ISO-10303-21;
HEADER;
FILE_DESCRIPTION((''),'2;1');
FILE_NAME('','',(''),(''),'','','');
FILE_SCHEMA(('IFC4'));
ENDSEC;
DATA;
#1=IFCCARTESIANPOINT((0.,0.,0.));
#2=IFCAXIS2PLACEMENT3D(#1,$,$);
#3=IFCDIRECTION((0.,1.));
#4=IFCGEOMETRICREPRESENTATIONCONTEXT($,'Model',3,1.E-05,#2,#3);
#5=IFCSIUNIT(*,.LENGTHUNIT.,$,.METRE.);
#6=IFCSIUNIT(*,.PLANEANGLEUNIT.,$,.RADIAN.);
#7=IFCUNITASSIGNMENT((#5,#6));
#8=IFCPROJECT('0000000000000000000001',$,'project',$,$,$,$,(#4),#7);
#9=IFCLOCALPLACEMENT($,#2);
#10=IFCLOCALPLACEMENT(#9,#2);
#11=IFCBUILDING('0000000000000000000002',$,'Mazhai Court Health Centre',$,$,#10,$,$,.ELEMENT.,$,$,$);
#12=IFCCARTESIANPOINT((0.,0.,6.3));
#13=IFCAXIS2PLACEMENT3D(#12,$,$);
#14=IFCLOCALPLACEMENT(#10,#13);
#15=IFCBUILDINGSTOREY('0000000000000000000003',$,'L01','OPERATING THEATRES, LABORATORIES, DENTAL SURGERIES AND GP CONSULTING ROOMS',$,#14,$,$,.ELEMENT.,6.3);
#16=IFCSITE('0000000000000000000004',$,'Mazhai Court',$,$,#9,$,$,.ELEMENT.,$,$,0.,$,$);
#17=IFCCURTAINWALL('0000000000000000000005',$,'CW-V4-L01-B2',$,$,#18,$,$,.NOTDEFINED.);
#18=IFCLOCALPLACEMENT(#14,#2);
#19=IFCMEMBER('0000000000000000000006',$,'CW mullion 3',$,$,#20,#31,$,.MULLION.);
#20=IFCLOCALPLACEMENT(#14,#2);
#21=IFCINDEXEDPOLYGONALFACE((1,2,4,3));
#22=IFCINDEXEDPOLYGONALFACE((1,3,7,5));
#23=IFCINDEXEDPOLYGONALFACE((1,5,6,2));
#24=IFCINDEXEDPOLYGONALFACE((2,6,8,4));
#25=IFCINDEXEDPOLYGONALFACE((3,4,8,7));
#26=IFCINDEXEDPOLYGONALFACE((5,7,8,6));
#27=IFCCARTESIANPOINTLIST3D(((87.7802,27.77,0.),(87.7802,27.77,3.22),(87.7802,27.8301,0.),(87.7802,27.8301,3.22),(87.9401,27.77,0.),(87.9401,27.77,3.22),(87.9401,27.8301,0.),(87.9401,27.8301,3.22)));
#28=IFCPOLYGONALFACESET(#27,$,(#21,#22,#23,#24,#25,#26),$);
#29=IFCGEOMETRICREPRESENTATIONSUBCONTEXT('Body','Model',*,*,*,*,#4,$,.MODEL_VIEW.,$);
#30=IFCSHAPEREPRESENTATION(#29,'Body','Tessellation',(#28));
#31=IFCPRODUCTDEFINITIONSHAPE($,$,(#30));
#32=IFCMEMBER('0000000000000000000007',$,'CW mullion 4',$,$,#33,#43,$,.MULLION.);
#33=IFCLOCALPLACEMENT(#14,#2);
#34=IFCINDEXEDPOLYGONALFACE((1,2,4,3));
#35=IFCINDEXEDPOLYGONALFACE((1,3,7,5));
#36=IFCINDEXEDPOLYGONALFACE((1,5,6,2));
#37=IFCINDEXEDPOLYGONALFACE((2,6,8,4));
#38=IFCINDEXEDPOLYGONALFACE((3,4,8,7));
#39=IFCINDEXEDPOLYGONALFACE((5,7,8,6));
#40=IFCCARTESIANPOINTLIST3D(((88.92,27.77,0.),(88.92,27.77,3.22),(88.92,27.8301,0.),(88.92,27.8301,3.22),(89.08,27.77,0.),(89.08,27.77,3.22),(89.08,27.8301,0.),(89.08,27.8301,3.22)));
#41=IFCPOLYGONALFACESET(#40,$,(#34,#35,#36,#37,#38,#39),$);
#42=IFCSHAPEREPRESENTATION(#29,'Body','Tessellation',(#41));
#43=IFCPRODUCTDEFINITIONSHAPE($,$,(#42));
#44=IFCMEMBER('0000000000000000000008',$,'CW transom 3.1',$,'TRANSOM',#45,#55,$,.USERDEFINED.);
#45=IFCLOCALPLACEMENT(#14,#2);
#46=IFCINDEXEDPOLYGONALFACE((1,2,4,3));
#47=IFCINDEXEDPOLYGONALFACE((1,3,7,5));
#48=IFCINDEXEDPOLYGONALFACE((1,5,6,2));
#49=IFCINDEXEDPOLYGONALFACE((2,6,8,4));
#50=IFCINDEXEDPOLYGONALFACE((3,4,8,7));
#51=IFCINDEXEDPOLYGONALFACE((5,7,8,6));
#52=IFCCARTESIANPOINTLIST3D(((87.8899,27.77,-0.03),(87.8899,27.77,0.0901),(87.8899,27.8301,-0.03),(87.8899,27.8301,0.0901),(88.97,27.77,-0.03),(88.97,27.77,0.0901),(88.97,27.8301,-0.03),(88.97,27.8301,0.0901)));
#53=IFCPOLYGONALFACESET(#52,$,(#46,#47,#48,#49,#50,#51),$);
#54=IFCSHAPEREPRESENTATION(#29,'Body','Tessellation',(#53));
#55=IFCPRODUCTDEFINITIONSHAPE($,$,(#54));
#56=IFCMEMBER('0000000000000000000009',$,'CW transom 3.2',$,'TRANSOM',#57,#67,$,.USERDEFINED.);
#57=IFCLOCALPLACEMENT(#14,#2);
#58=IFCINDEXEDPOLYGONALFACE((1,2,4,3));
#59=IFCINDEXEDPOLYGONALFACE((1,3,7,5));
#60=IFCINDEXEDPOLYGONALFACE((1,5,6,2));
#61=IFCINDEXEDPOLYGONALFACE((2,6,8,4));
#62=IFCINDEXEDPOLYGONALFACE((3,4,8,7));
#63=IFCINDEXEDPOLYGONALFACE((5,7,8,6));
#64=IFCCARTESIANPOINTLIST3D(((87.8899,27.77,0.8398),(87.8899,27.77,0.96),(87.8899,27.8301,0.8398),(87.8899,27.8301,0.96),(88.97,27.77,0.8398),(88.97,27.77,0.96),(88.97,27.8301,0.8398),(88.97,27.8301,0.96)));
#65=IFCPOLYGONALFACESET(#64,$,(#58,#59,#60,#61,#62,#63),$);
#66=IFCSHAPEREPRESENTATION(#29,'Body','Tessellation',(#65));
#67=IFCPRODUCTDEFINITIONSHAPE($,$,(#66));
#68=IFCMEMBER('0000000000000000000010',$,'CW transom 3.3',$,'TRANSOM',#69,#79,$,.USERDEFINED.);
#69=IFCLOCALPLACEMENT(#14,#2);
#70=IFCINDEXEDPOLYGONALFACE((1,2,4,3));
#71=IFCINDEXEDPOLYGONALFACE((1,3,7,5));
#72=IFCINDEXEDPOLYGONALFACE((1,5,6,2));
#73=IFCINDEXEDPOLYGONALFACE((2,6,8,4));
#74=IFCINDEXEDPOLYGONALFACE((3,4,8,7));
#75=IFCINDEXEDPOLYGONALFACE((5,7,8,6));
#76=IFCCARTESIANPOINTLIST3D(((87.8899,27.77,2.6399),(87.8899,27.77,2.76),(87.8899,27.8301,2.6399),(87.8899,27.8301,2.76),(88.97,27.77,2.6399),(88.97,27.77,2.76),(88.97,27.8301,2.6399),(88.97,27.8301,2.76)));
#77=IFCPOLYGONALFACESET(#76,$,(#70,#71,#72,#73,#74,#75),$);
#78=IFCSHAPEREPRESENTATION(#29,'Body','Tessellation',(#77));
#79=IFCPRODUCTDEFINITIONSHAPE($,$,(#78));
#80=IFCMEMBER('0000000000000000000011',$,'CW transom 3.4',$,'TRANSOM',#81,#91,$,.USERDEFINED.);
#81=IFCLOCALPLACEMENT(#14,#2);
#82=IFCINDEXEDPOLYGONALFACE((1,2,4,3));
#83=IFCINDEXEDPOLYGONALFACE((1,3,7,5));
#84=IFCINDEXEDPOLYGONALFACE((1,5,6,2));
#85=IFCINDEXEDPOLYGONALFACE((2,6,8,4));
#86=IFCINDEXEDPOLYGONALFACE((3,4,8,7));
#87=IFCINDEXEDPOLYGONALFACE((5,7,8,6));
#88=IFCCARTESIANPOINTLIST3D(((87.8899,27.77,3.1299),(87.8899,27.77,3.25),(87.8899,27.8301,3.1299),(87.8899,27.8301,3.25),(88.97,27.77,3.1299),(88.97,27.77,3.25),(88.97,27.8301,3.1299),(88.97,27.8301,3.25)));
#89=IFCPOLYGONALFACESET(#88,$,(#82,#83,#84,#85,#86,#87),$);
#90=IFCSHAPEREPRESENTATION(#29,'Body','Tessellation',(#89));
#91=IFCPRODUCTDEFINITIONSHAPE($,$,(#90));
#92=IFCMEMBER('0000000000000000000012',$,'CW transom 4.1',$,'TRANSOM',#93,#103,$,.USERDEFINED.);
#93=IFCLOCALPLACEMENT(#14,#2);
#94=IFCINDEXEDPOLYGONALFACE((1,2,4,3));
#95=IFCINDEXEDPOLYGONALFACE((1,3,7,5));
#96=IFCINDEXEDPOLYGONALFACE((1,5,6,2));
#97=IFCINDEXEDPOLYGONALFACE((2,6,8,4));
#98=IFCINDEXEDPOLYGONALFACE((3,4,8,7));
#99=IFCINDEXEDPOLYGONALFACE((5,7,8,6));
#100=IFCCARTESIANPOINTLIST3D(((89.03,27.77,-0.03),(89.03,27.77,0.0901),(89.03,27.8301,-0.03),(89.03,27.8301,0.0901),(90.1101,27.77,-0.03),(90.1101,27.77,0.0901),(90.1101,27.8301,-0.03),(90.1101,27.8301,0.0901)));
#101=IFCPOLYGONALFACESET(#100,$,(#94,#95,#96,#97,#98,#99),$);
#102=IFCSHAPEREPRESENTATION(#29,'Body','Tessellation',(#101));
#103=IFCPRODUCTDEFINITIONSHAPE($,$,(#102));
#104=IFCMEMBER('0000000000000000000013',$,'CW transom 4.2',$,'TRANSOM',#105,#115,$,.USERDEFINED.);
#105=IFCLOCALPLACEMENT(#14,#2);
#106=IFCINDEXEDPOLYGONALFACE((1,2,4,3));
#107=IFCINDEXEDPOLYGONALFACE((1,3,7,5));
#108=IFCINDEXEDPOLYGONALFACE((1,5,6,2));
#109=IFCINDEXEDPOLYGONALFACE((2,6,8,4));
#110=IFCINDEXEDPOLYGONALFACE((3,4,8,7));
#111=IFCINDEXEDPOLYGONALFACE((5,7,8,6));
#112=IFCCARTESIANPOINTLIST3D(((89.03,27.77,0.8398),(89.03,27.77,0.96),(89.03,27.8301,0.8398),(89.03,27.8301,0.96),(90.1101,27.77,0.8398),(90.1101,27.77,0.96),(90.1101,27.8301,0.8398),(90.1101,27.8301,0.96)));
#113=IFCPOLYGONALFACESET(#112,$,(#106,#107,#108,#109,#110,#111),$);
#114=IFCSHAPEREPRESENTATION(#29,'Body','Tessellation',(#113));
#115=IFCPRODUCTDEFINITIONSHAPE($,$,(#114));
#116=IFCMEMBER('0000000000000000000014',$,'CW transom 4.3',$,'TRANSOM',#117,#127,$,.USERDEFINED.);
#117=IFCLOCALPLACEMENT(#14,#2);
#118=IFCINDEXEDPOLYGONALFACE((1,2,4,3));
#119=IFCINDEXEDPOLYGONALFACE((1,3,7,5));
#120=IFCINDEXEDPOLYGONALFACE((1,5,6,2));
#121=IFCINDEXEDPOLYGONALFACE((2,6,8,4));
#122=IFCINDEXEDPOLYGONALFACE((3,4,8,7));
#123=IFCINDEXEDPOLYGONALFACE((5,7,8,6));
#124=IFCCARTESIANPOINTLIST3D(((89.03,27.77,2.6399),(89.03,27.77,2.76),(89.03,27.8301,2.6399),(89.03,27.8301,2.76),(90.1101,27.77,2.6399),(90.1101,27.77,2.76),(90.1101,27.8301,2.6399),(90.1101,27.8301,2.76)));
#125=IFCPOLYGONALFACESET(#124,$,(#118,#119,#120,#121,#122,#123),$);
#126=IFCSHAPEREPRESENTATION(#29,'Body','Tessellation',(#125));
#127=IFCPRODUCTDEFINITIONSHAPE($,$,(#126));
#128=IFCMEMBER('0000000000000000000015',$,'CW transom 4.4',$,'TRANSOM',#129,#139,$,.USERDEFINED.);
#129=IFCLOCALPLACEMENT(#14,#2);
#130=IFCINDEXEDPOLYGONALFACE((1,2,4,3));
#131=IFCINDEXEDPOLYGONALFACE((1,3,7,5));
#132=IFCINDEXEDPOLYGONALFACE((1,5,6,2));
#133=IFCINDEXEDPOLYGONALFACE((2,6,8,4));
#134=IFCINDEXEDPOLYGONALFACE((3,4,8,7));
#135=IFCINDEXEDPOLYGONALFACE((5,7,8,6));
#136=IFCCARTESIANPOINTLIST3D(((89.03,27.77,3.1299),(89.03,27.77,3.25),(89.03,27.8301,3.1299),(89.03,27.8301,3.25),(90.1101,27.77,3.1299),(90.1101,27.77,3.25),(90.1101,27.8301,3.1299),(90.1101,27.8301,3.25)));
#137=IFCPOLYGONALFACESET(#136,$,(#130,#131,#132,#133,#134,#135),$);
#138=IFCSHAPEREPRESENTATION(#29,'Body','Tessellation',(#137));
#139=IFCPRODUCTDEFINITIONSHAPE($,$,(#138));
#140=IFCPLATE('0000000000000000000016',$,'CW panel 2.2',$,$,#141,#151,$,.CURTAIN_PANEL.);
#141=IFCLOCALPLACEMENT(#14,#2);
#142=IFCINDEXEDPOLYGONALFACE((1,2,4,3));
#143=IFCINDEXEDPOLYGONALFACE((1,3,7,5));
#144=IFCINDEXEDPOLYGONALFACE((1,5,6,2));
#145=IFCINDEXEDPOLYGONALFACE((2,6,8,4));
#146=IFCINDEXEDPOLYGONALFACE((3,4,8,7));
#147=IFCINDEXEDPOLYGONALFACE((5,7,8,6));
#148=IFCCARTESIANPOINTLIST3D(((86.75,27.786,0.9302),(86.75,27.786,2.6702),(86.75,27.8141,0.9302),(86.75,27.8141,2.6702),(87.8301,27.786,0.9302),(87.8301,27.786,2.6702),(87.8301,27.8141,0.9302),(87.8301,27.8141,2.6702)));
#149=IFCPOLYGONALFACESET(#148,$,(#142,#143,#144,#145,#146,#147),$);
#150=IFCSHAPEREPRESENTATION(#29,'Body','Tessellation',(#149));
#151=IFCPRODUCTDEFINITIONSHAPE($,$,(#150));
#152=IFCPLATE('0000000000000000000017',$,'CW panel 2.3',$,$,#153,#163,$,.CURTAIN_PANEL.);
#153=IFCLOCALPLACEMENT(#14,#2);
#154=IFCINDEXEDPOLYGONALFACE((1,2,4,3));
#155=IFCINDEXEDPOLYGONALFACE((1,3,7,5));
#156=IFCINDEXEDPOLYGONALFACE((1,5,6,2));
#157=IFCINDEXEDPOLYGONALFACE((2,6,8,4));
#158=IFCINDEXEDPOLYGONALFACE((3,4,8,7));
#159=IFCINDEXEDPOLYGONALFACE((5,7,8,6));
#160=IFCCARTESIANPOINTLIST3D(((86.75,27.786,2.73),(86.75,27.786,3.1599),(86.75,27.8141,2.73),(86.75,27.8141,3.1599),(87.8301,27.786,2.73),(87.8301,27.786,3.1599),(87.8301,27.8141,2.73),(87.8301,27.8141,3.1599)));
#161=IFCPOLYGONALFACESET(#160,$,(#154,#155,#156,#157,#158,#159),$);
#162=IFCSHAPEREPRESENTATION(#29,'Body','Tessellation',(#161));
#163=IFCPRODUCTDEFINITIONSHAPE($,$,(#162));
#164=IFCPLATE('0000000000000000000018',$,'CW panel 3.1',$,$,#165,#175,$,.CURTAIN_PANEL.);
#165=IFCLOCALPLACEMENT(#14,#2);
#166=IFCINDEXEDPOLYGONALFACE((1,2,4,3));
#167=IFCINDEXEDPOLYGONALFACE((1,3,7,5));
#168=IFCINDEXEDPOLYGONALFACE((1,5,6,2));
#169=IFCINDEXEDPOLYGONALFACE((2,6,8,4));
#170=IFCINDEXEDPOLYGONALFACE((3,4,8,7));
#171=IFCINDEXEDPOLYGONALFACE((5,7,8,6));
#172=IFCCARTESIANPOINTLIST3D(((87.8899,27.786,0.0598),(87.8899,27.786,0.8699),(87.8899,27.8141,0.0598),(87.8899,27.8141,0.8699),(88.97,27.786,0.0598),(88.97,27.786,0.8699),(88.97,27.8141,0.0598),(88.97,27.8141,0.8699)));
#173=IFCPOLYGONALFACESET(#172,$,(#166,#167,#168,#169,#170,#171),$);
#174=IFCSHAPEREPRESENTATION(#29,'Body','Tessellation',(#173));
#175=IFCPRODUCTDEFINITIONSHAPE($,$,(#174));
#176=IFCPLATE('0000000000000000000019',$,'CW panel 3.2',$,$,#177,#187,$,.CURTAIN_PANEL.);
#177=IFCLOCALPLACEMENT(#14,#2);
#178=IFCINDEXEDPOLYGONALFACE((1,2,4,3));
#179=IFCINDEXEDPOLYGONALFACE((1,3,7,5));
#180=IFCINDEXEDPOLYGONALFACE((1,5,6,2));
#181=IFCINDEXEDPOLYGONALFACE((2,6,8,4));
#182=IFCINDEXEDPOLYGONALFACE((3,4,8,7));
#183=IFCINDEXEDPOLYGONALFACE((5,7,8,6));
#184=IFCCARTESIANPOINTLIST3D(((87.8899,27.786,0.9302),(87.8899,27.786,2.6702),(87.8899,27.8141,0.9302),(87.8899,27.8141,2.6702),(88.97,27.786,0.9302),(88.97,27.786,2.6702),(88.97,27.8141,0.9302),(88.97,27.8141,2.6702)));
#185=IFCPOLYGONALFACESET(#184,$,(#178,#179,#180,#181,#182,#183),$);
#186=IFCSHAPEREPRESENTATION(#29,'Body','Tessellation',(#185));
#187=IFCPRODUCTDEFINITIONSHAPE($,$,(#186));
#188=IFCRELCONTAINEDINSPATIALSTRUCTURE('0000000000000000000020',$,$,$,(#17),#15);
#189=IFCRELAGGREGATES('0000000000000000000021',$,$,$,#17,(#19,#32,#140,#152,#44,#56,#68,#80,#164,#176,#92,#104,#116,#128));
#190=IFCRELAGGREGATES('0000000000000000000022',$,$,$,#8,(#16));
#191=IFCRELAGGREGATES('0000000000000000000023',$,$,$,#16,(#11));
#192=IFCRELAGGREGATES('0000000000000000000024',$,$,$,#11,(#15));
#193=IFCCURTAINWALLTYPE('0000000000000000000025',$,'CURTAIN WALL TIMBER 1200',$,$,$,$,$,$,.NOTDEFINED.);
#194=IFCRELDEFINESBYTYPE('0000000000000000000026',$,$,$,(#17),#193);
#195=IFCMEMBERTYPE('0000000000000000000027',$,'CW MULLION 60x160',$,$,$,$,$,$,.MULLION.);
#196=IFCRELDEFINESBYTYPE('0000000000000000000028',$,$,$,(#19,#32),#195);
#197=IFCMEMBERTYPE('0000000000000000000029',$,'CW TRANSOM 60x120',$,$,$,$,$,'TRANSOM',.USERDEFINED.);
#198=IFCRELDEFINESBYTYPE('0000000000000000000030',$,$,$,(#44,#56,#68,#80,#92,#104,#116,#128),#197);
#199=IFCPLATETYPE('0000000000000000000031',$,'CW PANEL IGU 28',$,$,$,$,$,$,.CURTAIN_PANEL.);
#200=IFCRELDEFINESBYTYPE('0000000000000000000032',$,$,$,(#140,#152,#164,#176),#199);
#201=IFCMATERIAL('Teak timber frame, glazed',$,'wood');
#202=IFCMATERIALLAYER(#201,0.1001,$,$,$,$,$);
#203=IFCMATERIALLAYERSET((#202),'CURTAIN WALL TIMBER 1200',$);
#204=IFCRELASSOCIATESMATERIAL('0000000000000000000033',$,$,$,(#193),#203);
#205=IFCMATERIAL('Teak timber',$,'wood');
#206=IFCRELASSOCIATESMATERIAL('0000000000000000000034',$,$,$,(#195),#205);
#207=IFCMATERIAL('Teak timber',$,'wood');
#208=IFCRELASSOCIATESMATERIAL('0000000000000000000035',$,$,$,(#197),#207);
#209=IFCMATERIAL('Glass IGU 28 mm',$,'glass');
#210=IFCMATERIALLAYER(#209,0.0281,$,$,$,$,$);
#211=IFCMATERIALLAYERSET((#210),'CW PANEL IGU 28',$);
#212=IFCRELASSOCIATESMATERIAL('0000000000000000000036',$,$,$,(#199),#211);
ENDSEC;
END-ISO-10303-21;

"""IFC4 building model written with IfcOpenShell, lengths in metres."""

from ifc_helpers import new_model, si_unit, direction, frame, origin, origin_2d, place, context, subcontext, project, spatial, rectangle, extrude, material, layer, layer_set, material_profile, profile_set, type_object, element, aggregate, save


model = new_model("IFC4")

# Units and contexts
model_context = context("Model", 3, precision=1e-05, world=origin(), true_north=direction((0.0, 1.0)))
body_context = subcontext(model_context, "Body", "Model", "MODEL_VIEW")
ifc_project = project(units=[si_unit("LENGTHUNIT", "METRE"), si_unit("PLANEANGLEUNIT", "RADIAN")], contexts=[model_context])

# Site, building, storey
site_placement = place(None, origin())
site = spatial("IfcSite", under=ifc_project, at=site_placement, Name="Mazhai Court", CompositionType="ELEMENT", RefElevation=0.0)
building_placement = place(site_placement, origin())
building = spatial("IfcBuilding", under=site, at=building_placement, Name="Mazhai Court Health Centre", CompositionType="ELEMENT")
storey_placement = place(building_placement, frame((0.0, 0.0, 6.3)))
storey = spatial("IfcBuildingStorey", under=building, at=storey_placement, Name="L01", Description="OPERATING THEATRES, LABORATORIES, DENTAL SURGERIES AND GP CONSULTING ROOMS", CompositionType="ELEMENT", Elevation=6.3)

# Curtain wall, members, plates
ifc_material_1 = material(Name="Teak timber frame, glazed", Category="wood")
ifc_layer_1 = layer(ifc_material_1, 0.1001)
ifc_layer_set_1 = layer_set([ifc_layer_1], Name="CURTAIN WALL TIMBER 1200")
curtain_wall_type = type_object("IfcCurtainWallType", Name="CURTAIN WALL TIMBER 1200", PredefinedType="NOTDEFINED", material=ifc_layer_set_1)
curtain_wall_placement = place(storey_placement, origin())
curtain_wall = element("IfcCurtainWall", 1, at=curtain_wall_placement, inside=storey, type_object=curtain_wall_type, Name="CW-V4-L01-B2", PredefinedType="NOTDEFINED")
ifc_material_2 = material(Name="Teak timber", Category="wood")
ifc_material_profile_1 = material_profile(ifc_material_2, rectangle(XDim=0.0601, YDim=0.1599, at=origin_2d()), Name="CW MULLION 60x160")
ifc_profile_set_1 = profile_set([ifc_material_profile_1], Name="Teak timber")
member_type_1 = type_object("IfcMemberType", Name="CW MULLION 60x160", PredefinedType="MULLION", material=ifc_profile_set_1)
member_1_placement = place(storey_placement, frame((87.8601, 27.8, 0.0), z_axis=(0.0, 0.0, 1.0), x_axis=(0.0, 1.0, 0.0)))
member_1 = element("IfcMember", 2, at=member_1_placement, type_object=member_type_1, Name="CW mullion 3", PredefinedType="MULLION", context=body_context, shape_type="SweptSolid", body=[
    extrude(rectangle(XDim=0.0601, YDim=0.1599, at=origin_2d()), origin(), (0.0, 0.0, 1.0), 3.22),
])
member_2_placement = place(storey_placement, frame((89.0, 27.8, 0.0), z_axis=(0.0, 0.0, 1.0), x_axis=(0.0, 1.0, 0.0)))
member_2 = element("IfcMember", 3, at=member_2_placement, type_object=member_type_1, Name="CW mullion 4", PredefinedType="MULLION", context=body_context, shape_type="SweptSolid", body=[
    extrude(rectangle(XDim=0.0601, YDim=0.1599, at=origin_2d()), origin(), (0.0, 0.0, 1.0), 3.22),
])
ifc_material_3 = material(Name="Teak timber", Category="wood")
ifc_material_profile_2 = material_profile(ifc_material_3, rectangle(XDim=0.0601, YDim=0.1201, at=origin_2d()), Name="CW TRANSOM 60x120")
ifc_profile_set_2 = profile_set([ifc_material_profile_2], Name="Teak timber")
member_type_2 = type_object("IfcMemberType", Name="CW TRANSOM 60x120", ElementType="TRANSOM", PredefinedType="USERDEFINED", material=ifc_profile_set_2)
member_3_placement = place(storey_placement, frame((87.8899, 27.8, 0.03), z_axis=(1.0, 0.0, 0.0), x_axis=(0.0, 1.0, 0.0)))
member_3 = element("IfcMember", 4, at=member_3_placement, type_object=member_type_2, Name="CW transom 3.1", ObjectType="TRANSOM", PredefinedType="USERDEFINED", context=body_context, shape_type="SweptSolid", body=[
    extrude(rectangle(XDim=0.0601, YDim=0.1201, at=origin_2d()), origin(), (0.0, 0.0, 1.0), 1.0801),
])
member_4_placement = place(storey_placement, frame((87.8899, 27.8, 0.8999), z_axis=(1.0, 0.0, 0.0), x_axis=(0.0, 1.0, 0.0)))
member_4 = element("IfcMember", 5, at=member_4_placement, type_object=member_type_2, Name="CW transom 3.2", ObjectType="TRANSOM", PredefinedType="USERDEFINED", context=body_context, shape_type="SweptSolid", body=[
    extrude(rectangle(XDim=0.0601, YDim=0.1201, at=origin_2d()), origin(), (0.0, 0.0, 1.0), 1.0801),
])
member_5_placement = place(storey_placement, frame((87.8899, 27.8, 2.7), z_axis=(1.0, 0.0, 0.0), x_axis=(0.0, 1.0, 0.0)))
member_5 = element("IfcMember", 6, at=member_5_placement, type_object=member_type_2, Name="CW transom 3.3", ObjectType="TRANSOM", PredefinedType="USERDEFINED", context=body_context, shape_type="SweptSolid", body=[
    extrude(rectangle(XDim=0.0601, YDim=0.1201, at=origin_2d()), origin(), (0.0, 0.0, 1.0), 1.0801),
])
member_6_placement = place(storey_placement, frame((87.8899, 27.8, 3.1899), z_axis=(1.0, 0.0, 0.0), x_axis=(0.0, 1.0, 0.0)))
member_6 = element("IfcMember", 7, at=member_6_placement, type_object=member_type_2, Name="CW transom 3.4", ObjectType="TRANSOM", PredefinedType="USERDEFINED", context=body_context, shape_type="SweptSolid", body=[
    extrude(rectangle(XDim=0.0601, YDim=0.1201, at=origin_2d()), origin(), (0.0, 0.0, 1.0), 1.0801),
])
member_7_placement = place(storey_placement, frame((89.03, 27.8, 0.03), z_axis=(1.0, 0.0, 0.0), x_axis=(0.0, 1.0, 0.0)))
member_7 = element("IfcMember", 8, at=member_7_placement, type_object=member_type_2, Name="CW transom 4.1", ObjectType="TRANSOM", PredefinedType="USERDEFINED", context=body_context, shape_type="SweptSolid", body=[
    extrude(rectangle(XDim=0.0601, YDim=0.1201, at=origin_2d()), origin(), (0.0, 0.0, 1.0), 1.0801),
])
member_8_placement = place(storey_placement, frame((89.03, 27.8, 0.8999), z_axis=(1.0, 0.0, 0.0), x_axis=(0.0, 1.0, 0.0)))
member_8 = element("IfcMember", 9, at=member_8_placement, type_object=member_type_2, Name="CW transom 4.2", ObjectType="TRANSOM", PredefinedType="USERDEFINED", context=body_context, shape_type="SweptSolid", body=[
    extrude(rectangle(XDim=0.0601, YDim=0.1201, at=origin_2d()), origin(), (0.0, 0.0, 1.0), 1.0801),
])
member_9_placement = place(storey_placement, frame((89.03, 27.8, 2.7), z_axis=(1.0, 0.0, 0.0), x_axis=(0.0, 1.0, 0.0)))
member_9 = element("IfcMember", 10, at=member_9_placement, type_object=member_type_2, Name="CW transom 4.3", ObjectType="TRANSOM", PredefinedType="USERDEFINED", context=body_context, shape_type="SweptSolid", body=[
    extrude(rectangle(XDim=0.0601, YDim=0.1201, at=origin_2d()), origin(), (0.0, 0.0, 1.0), 1.0801),
])
member_10_placement = place(storey_placement, frame((89.03, 27.8, 3.1899), z_axis=(1.0, 0.0, 0.0), x_axis=(0.0, 1.0, 0.0)))
member_10 = element("IfcMember", 11, at=member_10_placement, type_object=member_type_2, Name="CW transom 4.4", ObjectType="TRANSOM", PredefinedType="USERDEFINED", context=body_context, shape_type="SweptSolid", body=[
    extrude(rectangle(XDim=0.0601, YDim=0.1201, at=origin_2d()), origin(), (0.0, 0.0, 1.0), 1.0801),
])
ifc_material_4 = material(Name="Glass IGU 28 mm", Category="glass")
ifc_layer_2 = layer(ifc_material_4, 0.0281)
ifc_layer_set_2 = layer_set([ifc_layer_2], Name="CW PANEL IGU 28")
plate_type = type_object("IfcPlateType", Name="CW PANEL IGU 28", PredefinedType="CURTAIN_PANEL", material=ifc_layer_set_2)
plate_1_placement = place(storey_placement, frame((87.29, 27.8, 0.9302), z_axis=(0.0, 0.0, 1.0), x_axis=(1.0, 0.0, 0.0)))
plate_1 = element("IfcPlate", 12, at=plate_1_placement, type_object=plate_type, Name="CW panel 2.2", PredefinedType="CURTAIN_PANEL", context=body_context, shape_type="SweptSolid", body=[
    extrude(rectangle(XDim=1.0801, YDim=0.0281, at=origin_2d()), origin(), (0.0, 0.0, 1.0), 1.74),
])
plate_2_placement = place(storey_placement, frame((87.29, 27.8, 2.73), z_axis=(0.0, 0.0, 1.0), x_axis=(1.0, 0.0, 0.0)))
plate_2 = element("IfcPlate", 13, at=plate_2_placement, type_object=plate_type, Name="CW panel 2.3", PredefinedType="CURTAIN_PANEL", context=body_context, shape_type="SweptSolid", body=[
    extrude(rectangle(XDim=1.0801, YDim=0.0281, at=origin_2d()), origin(), (0.0, 0.0, 1.0), 0.4299),
])
plate_3_placement = place(storey_placement, frame((88.4299, 27.8, 0.0598), z_axis=(0.0, 0.0, 1.0), x_axis=(1.0, 0.0, 0.0)))
plate_3 = element("IfcPlate", 14, at=plate_3_placement, type_object=plate_type, Name="CW panel 3.1", PredefinedType="CURTAIN_PANEL", context=body_context, shape_type="SweptSolid", body=[
    extrude(rectangle(XDim=1.0801, YDim=0.0281, at=origin_2d()), origin(), (0.0, 0.0, 1.0), 0.8101),
])
plate_4_placement = place(storey_placement, frame((88.4299, 27.8, 0.9302), z_axis=(0.0, 0.0, 1.0), x_axis=(1.0, 0.0, 0.0)))
plate_4 = element("IfcPlate", 15, at=plate_4_placement, type_object=plate_type, Name="CW panel 3.2", PredefinedType="CURTAIN_PANEL", context=body_context, shape_type="SweptSolid", body=[
    extrude(rectangle(XDim=1.0801, YDim=0.0281, at=origin_2d()), origin(), (0.0, 0.0, 1.0), 1.74),
])
aggregate(curtain_wall, [member_1, member_2, plate_1, plate_2, member_3, member_4, member_5, member_6, plate_3, plate_4, member_7, member_8, member_9, member_10])

save(model, "model.ifc")
